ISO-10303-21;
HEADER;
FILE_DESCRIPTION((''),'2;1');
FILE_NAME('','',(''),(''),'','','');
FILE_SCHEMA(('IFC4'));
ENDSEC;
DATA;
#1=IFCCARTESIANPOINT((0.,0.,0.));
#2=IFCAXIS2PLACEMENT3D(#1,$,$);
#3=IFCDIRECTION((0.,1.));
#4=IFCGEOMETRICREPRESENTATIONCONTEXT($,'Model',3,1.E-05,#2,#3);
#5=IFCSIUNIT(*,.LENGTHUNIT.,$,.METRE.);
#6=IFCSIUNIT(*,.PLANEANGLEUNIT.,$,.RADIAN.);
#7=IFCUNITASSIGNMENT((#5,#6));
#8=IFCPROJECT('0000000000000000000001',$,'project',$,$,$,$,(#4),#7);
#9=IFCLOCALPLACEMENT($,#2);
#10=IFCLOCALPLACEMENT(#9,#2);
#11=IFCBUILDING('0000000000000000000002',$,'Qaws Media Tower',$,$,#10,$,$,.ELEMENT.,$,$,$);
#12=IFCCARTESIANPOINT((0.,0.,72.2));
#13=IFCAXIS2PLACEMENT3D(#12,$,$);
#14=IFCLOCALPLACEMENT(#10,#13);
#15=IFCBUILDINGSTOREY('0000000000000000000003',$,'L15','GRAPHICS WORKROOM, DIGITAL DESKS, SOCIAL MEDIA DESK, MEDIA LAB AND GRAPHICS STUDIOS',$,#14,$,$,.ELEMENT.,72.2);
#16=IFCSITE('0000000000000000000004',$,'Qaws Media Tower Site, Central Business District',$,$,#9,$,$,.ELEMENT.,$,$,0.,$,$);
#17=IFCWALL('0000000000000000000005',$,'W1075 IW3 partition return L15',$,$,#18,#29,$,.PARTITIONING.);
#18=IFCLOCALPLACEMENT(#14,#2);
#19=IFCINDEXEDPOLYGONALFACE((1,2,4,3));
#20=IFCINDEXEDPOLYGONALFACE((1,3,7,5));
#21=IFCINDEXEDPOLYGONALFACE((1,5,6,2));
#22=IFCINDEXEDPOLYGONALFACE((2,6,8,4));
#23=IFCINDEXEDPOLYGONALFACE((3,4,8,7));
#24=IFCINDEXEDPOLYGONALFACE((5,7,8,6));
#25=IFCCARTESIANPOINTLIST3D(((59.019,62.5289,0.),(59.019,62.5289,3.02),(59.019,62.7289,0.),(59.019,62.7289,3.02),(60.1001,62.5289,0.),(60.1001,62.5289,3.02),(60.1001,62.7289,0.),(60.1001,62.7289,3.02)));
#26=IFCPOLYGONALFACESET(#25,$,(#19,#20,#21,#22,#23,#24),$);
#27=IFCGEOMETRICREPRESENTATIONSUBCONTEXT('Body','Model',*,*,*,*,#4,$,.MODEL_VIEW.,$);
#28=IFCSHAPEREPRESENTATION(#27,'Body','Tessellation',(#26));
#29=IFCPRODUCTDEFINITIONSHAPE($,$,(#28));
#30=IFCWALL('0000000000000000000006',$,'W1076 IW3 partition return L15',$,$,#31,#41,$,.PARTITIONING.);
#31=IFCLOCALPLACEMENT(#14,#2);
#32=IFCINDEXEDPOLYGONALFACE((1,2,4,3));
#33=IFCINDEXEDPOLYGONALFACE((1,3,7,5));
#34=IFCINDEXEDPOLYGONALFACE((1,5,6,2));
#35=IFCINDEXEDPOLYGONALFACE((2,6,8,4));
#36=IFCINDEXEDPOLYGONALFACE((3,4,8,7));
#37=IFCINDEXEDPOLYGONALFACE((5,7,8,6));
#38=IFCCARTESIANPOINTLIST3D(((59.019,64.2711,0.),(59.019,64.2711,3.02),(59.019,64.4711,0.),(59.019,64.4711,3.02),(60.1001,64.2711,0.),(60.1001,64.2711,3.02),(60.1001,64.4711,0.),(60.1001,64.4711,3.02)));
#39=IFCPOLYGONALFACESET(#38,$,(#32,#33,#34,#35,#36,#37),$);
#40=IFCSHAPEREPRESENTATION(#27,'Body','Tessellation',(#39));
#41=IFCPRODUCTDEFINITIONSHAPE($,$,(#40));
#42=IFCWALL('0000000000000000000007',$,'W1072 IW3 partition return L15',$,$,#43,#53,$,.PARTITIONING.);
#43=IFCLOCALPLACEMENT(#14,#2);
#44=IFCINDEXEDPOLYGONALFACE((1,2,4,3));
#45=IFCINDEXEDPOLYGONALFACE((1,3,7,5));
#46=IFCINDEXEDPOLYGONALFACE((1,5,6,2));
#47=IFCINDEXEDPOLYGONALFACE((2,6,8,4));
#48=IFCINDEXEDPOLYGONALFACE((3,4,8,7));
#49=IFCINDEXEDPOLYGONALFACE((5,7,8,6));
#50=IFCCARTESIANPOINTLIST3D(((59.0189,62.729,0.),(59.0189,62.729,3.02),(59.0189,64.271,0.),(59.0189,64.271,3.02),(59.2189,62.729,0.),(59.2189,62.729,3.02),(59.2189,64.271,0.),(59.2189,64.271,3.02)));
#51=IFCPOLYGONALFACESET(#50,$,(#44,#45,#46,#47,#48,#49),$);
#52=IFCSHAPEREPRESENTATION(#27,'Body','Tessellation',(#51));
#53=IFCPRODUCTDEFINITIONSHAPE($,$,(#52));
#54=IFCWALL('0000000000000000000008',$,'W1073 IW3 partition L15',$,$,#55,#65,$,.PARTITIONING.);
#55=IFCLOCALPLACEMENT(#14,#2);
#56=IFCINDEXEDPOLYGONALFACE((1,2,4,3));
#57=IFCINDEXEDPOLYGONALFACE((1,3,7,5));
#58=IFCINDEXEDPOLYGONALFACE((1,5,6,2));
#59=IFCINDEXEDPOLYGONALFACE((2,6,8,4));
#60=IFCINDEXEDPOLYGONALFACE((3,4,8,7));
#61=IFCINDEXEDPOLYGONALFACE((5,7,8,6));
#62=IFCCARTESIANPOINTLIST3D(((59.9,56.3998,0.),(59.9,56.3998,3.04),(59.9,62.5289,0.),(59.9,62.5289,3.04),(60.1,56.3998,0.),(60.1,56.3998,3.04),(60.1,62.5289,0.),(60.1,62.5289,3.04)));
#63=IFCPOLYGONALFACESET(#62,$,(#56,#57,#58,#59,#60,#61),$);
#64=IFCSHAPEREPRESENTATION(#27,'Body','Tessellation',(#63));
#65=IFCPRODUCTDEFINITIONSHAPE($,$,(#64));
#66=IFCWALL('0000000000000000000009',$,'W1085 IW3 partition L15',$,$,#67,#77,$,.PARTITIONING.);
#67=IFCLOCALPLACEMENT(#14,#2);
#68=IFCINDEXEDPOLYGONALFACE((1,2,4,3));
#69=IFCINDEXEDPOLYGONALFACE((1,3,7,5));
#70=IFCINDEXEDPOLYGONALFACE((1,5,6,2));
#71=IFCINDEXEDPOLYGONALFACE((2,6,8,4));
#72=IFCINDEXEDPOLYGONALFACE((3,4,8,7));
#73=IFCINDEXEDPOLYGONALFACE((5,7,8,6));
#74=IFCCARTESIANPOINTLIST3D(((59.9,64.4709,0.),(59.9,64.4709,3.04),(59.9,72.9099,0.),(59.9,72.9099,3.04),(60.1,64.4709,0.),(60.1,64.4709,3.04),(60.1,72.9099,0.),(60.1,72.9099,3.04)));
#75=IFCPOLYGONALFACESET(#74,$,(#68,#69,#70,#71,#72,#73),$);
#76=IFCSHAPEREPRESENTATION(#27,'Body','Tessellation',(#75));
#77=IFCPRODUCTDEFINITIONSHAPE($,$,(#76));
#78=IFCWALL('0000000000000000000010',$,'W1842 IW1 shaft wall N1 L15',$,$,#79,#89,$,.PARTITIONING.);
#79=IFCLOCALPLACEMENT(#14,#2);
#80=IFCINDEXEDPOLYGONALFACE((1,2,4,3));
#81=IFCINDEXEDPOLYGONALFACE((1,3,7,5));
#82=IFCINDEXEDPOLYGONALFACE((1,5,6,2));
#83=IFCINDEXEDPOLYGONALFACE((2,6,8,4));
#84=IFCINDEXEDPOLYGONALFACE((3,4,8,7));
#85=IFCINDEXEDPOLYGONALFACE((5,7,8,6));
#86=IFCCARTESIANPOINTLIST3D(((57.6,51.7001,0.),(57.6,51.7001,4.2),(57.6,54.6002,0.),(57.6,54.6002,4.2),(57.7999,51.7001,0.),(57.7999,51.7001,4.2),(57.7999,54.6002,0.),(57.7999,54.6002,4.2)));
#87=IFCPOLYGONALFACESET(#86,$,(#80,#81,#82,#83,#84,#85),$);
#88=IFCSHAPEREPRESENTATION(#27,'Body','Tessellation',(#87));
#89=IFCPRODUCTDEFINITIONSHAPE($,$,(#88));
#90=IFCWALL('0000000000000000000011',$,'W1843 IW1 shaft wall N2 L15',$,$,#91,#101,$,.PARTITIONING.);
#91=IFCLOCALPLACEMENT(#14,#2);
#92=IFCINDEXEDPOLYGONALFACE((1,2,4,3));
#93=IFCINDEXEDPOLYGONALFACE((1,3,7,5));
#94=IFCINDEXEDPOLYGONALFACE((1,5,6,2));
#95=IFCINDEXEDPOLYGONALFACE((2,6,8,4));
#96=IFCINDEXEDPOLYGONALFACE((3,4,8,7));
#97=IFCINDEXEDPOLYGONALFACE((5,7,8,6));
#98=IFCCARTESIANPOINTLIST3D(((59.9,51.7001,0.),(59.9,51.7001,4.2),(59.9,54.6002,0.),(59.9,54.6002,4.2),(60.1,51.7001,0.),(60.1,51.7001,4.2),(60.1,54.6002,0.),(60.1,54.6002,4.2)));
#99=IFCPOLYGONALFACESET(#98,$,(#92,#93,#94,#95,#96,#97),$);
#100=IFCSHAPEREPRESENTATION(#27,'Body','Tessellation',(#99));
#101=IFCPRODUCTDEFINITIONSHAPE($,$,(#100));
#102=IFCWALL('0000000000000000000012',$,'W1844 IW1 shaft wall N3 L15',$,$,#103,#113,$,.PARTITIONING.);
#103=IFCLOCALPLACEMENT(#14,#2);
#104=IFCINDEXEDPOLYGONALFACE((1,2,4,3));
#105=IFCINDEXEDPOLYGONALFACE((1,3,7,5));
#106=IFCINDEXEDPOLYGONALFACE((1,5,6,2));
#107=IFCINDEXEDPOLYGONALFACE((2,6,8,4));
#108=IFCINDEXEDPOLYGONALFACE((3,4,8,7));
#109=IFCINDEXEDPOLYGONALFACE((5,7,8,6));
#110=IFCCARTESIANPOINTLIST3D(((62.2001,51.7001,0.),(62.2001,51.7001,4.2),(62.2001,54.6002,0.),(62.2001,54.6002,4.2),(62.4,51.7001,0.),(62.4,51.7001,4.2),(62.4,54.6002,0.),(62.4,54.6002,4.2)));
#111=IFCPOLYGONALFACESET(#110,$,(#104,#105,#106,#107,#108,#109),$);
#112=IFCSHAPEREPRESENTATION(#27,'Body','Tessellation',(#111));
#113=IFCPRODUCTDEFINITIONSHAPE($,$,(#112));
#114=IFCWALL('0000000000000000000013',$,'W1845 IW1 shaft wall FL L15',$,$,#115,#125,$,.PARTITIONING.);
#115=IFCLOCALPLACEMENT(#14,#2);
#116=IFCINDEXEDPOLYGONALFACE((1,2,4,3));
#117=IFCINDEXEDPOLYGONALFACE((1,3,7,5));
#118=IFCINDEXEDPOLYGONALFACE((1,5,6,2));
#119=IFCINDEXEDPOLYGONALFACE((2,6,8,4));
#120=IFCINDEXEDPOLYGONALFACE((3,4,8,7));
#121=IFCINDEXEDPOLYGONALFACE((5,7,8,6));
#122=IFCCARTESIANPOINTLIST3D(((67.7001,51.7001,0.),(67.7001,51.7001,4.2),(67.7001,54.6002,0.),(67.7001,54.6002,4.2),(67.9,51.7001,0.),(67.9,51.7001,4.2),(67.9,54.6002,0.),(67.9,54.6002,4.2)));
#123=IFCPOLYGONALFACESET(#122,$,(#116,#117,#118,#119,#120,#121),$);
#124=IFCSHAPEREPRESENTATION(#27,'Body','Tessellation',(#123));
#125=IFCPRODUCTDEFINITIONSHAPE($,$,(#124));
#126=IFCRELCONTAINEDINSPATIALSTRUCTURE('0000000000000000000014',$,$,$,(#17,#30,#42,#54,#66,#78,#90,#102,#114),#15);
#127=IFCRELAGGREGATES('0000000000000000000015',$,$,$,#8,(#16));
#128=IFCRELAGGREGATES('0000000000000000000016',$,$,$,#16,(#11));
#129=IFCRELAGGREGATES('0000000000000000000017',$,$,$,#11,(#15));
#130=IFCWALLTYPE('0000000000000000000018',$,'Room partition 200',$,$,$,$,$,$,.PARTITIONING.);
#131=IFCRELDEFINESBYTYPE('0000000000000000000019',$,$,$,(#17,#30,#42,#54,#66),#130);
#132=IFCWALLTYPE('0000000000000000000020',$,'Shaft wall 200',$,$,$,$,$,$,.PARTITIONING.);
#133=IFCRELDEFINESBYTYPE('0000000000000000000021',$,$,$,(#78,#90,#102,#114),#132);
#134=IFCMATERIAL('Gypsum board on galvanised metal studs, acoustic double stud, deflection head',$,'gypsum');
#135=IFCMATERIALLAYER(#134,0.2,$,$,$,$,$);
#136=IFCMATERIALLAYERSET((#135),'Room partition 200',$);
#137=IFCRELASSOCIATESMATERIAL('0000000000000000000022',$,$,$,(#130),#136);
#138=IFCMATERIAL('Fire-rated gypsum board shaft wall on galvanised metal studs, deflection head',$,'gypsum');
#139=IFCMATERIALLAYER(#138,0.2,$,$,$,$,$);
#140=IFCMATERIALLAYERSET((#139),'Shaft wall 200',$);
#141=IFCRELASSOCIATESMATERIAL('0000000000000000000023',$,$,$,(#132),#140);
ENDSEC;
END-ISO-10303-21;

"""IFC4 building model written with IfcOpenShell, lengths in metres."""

from ifc_helpers import new_model, si_unit, direction, frame, frame_2d, origin, place, context, subcontext, project, spatial, rectangle, extrude, material, layer, layer_set, type_object, element, save


model = new_model("IFC4")

# Units and contexts
model_context = context("Model", 3, precision=1e-05, world=origin(), true_north=direction((0.0, 1.0)))
body_context = subcontext(model_context, "Body", "Model", "MODEL_VIEW")
ifc_project = project(units=[si_unit("LENGTHUNIT", "METRE"), si_unit("PLANEANGLEUNIT", "RADIAN")], contexts=[model_context])

# Site, building, storey
site_placement = place(None, origin())
site = spatial("IfcSite", under=ifc_project, at=site_placement, Name="Qaws Media Tower Site, Central Business District", CompositionType="ELEMENT", RefElevation=0.0)
building_placement = place(site_placement, origin())
building = spatial("IfcBuilding", under=site, at=building_placement, Name="Qaws Media Tower", CompositionType="ELEMENT")
storey_placement = place(building_placement, frame((0.0, 0.0, 72.2)))
storey = spatial("IfcBuildingStorey", under=building, at=storey_placement, Name="L15", Description="GRAPHICS WORKROOM, DIGITAL DESKS, SOCIAL MEDIA DESK, MEDIA LAB AND GRAPHICS STUDIOS", CompositionType="ELEMENT", Elevation=72.2)

# Shared definitions
ifc_material_1 = material(Name="Gypsum board on galvanised metal studs, acoustic double stud, deflection head", Category="gypsum")
ifc_layer_1 = layer(ifc_material_1, 0.2)
ifc_layer_set_1 = layer_set([ifc_layer_1], Name="Room partition 200")
wall_type_1 = type_object("IfcWallType", Name="Room partition 200", PredefinedType="PARTITIONING", material=ifc_layer_set_1)

# Walls
for number, where, z_axis, x_axis, name in (
    (1, (60.1001, 62.6289, 0.0), (0.0, 0.0, 1.0), (-1.0, 0.0, 0.0), "W1075 IW3 partition return L15"),
    (2, (60.1001, 64.3711, 0.0), (0.0, 0.0, 1.0), (-1.0, 0.0, 0.0), "W1076 IW3 partition return L15"),
):
    element("IfcWall", number, at=place(storey_placement, frame(where, z_axis=z_axis, x_axis=x_axis)), inside=storey, type_object=wall_type_1, Name=name, PredefinedType="PARTITIONING", context=body_context, shape_type="SweptSolid", body=[
        extrude(rectangle(XDim=1.0811, YDim=0.2, at=frame_2d((0.5405, 0.0))), origin(), (0.0, 0.0, 1.0), 3.02),
    ])
wall_1_placement = place(storey_placement, frame((59.1189, 62.729, 0.0), z_axis=(0.0, 0.0, 1.0), x_axis=(0.0, 1.0, 0.0)))
element("IfcWall", 3, at=wall_1_placement, inside=storey, type_object=wall_type_1, Name="W1072 IW3 partition return L15", PredefinedType="PARTITIONING", context=body_context, shape_type="SweptSolid", body=[
    extrude(rectangle(XDim=1.542, YDim=0.2, at=frame_2d((0.771, 0.0))), origin(), (0.0, 0.0, 1.0), 3.02),
])
wall_2_placement = place(storey_placement, frame((60.0, 56.3999, 0.0), z_axis=(0.0, 0.0, 1.0), x_axis=(0.0, 1.0, 0.0)))
element("IfcWall", 4, at=wall_2_placement, inside=storey, type_object=wall_type_1, Name="W1073 IW3 partition L15", PredefinedType="PARTITIONING", context=body_context, shape_type="SweptSolid", body=[
    extrude(rectangle(XDim=6.1292, YDim=0.2, at=frame_2d((3.0645, 0.0))), origin(), (0.0, 0.0, 1.0), 3.04),
])
wall_3_placement = place(storey_placement, frame((60.0, 64.4709, 0.0), z_axis=(0.0, 0.0, 1.0), x_axis=(0.0, 1.0, 0.0)))
element("IfcWall", 5, at=wall_3_placement, inside=storey, type_object=wall_type_1, Name="W1085 IW3 partition L15", PredefinedType="PARTITIONING", context=body_context, shape_type="SweptSolid", body=[
    extrude(rectangle(XDim=8.439, YDim=0.2, at=frame_2d((4.2195, 0.0))), origin(), (0.0, 0.0, 1.0), 3.04),
])
ifc_material_2 = material(Name="Fire-rated gypsum board shaft wall on galvanised metal studs, deflection head", Category="gypsum")
ifc_layer_2 = layer(ifc_material_2, 0.2)
ifc_layer_set_2 = layer_set([ifc_layer_2], Name="Shaft wall 200")
wall_type_2 = type_object("IfcWallType", Name="Shaft wall 200", PredefinedType="PARTITIONING", material=ifc_layer_set_2)
for number, where, z_axis, x_axis, name in (
    (6, (57.7, 51.7, 0.0), (0.0, 0.0, 1.0), (0.0, 1.0, 0.0), "W1842 IW1 shaft wall N1 L15"),
    (7, (60.0, 51.7, 0.0), (0.0, 0.0, 1.0), (0.0, 1.0, 0.0), "W1843 IW1 shaft wall N2 L15"),
    (8, (62.3, 51.7, 0.0), (0.0, 0.0, 1.0), (0.0, 1.0, 0.0), "W1844 IW1 shaft wall N3 L15"),
    (9, (67.8, 51.7, 0.0), (0.0, 0.0, 1.0), (0.0, 1.0, 0.0), "W1845 IW1 shaft wall FL L15"),
):
    element("IfcWall", number, at=place(storey_placement, frame(where, z_axis=z_axis, x_axis=x_axis)), inside=storey, type_object=wall_type_2, Name=name, PredefinedType="PARTITIONING", context=body_context, shape_type="SweptSolid", body=[
        extrude(rectangle(XDim=2.9001, YDim=0.2, at=frame_2d((1.4502, 0.0))), origin(), (0.0, 0.0, 1.0), 4.2),
    ])

save(model, "model.ifc")
